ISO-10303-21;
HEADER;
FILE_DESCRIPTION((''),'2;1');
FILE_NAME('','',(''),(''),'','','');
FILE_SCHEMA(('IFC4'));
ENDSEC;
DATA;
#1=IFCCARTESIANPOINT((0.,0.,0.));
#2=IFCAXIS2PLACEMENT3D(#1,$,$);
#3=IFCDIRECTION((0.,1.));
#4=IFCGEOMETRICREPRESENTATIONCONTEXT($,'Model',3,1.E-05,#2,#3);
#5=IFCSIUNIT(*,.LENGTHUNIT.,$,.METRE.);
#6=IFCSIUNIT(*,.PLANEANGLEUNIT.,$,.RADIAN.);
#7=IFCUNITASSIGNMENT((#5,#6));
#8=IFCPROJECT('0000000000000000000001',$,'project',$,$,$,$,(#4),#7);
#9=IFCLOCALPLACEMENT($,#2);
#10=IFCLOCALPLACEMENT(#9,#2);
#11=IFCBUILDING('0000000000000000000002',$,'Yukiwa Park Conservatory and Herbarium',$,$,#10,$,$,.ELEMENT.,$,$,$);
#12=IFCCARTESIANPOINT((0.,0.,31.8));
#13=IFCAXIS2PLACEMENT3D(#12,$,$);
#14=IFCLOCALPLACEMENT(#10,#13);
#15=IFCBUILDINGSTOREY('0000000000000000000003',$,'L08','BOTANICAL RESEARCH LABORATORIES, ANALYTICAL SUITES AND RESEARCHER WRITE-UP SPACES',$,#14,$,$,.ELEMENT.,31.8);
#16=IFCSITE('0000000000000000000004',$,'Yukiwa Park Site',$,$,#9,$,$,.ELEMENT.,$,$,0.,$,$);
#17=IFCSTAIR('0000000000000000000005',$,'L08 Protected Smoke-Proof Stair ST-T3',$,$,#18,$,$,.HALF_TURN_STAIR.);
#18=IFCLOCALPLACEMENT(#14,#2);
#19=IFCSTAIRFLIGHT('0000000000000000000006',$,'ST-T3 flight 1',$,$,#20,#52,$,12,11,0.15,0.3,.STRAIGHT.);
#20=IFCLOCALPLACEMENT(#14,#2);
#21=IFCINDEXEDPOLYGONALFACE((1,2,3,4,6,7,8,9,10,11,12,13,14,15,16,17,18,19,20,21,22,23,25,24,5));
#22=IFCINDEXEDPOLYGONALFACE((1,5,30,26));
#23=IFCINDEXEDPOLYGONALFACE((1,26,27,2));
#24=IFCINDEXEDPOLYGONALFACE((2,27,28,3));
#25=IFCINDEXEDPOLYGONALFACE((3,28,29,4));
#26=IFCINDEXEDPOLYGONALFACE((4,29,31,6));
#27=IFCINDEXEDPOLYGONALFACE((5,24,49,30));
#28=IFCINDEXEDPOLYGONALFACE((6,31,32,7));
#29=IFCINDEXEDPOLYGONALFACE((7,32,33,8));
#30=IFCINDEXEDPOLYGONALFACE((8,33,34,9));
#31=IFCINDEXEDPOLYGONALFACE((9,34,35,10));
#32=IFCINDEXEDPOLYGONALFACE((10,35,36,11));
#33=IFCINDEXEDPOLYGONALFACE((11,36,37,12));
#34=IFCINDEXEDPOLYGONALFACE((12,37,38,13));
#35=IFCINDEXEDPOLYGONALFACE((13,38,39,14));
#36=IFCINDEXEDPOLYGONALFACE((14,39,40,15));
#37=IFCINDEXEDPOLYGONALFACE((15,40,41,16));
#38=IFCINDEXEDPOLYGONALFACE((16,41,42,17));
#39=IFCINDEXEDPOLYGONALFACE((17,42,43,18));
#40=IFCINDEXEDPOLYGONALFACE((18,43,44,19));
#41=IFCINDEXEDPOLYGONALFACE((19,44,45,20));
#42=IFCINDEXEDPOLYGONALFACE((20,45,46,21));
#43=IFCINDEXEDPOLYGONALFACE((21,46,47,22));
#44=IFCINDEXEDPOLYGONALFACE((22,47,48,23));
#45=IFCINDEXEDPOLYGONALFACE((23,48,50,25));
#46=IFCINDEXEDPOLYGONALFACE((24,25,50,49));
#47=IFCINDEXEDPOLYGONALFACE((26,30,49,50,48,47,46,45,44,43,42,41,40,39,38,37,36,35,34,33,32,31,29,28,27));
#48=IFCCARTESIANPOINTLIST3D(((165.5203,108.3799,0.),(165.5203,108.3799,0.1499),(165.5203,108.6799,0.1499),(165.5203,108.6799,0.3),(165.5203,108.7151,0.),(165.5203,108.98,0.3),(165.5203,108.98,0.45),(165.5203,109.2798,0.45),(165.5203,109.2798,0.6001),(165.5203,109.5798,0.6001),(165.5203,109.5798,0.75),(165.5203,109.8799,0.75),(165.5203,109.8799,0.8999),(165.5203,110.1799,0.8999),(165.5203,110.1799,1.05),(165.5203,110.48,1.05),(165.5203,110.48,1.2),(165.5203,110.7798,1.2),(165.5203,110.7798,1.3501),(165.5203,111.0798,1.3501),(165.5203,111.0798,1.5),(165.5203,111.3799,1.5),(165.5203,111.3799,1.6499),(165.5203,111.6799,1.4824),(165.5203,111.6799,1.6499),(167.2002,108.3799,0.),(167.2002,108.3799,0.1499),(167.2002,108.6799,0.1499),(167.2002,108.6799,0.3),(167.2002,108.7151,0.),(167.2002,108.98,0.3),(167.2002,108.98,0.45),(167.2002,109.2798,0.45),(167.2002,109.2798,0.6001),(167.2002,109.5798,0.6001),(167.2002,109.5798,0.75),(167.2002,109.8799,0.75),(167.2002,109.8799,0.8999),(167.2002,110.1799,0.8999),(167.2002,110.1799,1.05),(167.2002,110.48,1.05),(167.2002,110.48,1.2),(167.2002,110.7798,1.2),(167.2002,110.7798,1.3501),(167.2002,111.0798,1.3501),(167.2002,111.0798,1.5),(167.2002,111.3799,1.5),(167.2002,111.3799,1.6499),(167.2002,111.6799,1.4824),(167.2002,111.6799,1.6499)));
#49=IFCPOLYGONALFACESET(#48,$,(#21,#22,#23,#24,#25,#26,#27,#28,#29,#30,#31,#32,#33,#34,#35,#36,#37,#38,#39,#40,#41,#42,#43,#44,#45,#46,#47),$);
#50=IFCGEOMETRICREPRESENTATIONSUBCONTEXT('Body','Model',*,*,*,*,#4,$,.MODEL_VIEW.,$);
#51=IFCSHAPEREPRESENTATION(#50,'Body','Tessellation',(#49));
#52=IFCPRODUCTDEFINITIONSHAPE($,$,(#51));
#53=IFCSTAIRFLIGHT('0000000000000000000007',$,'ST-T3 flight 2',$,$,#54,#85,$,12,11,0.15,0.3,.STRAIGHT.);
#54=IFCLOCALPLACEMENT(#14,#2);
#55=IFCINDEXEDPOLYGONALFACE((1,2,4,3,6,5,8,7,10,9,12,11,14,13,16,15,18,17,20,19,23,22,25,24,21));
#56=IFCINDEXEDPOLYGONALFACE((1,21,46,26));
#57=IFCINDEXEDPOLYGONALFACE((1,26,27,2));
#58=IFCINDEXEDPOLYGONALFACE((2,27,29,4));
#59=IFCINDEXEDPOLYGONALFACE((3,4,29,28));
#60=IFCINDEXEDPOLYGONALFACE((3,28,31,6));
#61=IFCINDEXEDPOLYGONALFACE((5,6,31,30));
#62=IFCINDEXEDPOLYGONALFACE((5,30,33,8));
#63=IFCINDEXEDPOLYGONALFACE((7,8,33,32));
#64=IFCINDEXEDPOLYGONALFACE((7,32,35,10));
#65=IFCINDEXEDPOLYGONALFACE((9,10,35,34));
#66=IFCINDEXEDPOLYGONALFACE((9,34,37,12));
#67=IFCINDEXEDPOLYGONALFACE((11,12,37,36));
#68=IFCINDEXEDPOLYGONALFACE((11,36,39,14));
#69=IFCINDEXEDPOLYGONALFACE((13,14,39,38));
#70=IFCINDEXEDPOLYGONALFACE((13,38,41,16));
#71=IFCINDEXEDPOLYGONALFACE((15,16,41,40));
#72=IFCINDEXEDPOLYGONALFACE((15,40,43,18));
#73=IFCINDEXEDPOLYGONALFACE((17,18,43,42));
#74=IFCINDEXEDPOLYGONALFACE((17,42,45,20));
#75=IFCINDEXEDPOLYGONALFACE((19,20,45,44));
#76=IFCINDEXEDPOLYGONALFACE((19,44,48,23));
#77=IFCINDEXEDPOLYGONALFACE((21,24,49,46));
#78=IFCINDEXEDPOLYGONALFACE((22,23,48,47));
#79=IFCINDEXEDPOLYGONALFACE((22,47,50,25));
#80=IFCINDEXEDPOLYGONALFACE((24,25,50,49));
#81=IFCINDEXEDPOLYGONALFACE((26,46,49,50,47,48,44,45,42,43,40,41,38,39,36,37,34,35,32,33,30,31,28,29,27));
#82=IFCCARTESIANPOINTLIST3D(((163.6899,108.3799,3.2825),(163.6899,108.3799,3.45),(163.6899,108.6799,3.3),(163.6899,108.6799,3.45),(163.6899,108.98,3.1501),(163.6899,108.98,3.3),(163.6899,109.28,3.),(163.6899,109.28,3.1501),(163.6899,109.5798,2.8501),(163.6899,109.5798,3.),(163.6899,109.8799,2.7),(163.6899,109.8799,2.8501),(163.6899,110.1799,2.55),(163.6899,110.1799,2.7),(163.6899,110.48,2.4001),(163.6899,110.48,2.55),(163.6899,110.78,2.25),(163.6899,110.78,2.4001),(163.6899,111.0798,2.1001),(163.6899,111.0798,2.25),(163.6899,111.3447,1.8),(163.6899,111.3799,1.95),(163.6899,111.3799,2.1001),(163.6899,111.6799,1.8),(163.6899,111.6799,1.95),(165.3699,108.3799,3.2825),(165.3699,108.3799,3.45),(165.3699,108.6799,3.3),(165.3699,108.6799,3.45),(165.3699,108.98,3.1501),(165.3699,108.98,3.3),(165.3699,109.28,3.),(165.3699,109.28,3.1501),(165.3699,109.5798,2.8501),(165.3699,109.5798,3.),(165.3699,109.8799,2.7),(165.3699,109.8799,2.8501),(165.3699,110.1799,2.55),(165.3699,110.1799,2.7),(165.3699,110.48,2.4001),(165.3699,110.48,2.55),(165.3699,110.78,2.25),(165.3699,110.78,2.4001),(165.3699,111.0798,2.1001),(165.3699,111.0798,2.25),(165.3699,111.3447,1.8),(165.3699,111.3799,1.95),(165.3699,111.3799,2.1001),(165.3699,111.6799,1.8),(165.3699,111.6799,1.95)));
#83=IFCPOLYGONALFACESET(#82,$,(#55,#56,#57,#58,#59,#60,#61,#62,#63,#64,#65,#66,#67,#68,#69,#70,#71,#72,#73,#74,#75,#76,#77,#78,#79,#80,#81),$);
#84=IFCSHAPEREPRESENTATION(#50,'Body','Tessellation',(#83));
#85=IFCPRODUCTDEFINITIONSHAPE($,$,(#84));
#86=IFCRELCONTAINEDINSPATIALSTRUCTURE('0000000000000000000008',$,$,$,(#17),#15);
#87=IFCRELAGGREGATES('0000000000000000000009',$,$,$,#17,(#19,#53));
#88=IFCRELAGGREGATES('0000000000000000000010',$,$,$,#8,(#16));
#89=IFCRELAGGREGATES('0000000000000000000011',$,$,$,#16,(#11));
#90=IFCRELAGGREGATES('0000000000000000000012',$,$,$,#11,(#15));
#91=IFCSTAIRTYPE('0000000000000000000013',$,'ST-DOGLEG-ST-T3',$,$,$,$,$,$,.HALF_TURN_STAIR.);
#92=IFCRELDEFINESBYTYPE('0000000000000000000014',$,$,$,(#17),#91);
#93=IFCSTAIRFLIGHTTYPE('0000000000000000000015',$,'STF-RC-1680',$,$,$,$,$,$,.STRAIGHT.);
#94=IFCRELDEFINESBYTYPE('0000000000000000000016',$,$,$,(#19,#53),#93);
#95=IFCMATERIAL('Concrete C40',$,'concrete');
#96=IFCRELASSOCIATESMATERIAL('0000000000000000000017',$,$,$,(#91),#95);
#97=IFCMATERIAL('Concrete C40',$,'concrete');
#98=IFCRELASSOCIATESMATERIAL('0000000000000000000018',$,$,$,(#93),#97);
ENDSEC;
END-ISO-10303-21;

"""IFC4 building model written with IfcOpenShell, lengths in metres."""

from ifc_helpers import new_model, si_unit, direction, frame, origin, place, context, subcontext, project, spatial, polyline, outline, extrude, material, type_object, element, aggregate, save


model = new_model("IFC4")

# Units and contexts
model_context = context("Model", 3, precision=1e-05, world=origin(), true_north=direction((0.0, 1.0)))
body_context = subcontext(model_context, "Body", "Model", "MODEL_VIEW")
ifc_project = project(units=[si_unit("LENGTHUNIT", "METRE"), si_unit("PLANEANGLEUNIT", "RADIAN")], contexts=[model_context])

# Site, building, storey
site_placement = place(None, origin())
site = spatial("IfcSite", under=ifc_project, at=site_placement, Name="Yukiwa Park Site", CompositionType="ELEMENT", RefElevation=0.0)
building_placement = place(site_placement, origin())
building = spatial("IfcBuilding", under=site, at=building_placement, Name="Yukiwa Park Conservatory and Herbarium", CompositionType="ELEMENT")
storey_placement = place(building_placement, frame((0.0, 0.0, 31.8)))
storey = spatial("IfcBuildingStorey", under=building, at=storey_placement, Name="L08", Description="BOTANICAL RESEARCH LABORATORIES, ANALYTICAL SUITES AND RESEARCHER WRITE-UP SPACES", CompositionType="ELEMENT", Elevation=31.8)

# Stair, stair flights
ifc_material_1 = material(Name="Concrete C40", Category="concrete")
stair_type = type_object("IfcStairType", Name="ST-DOGLEG-ST-T3", PredefinedType="HALF_TURN_STAIR", material=ifc_material_1)
stair_placement = place(storey_placement, origin())
stair = element("IfcStair", 1, at=stair_placement, inside=storey, type_object=stair_type, Name="L08 Protected Smoke-Proof Stair ST-T3", PredefinedType="HALF_TURN_STAIR")
ifc_material_2 = material(Name="Concrete C40", Category="concrete")
stair_flight_type = type_object("IfcStairFlightType", Name="STF-RC-1680", PredefinedType="STRAIGHT", material=ifc_material_2)
stair_flight_1_placement = place(storey_placement, frame((166.3601, 108.3799, 0.0), z_axis=(0.0, 0.0, 1.0), x_axis=(0.0, 1.0, 0.0)))
stair_flight_1 = element("IfcStairFlight", 2, at=stair_flight_1_placement, type_object=stair_flight_type, Name="ST-T3 flight 1", NumberOfRisers=12, NumberOfTreads=11, PredefinedType="STRAIGHT", RiserHeight=0.15, TreadLength=0.3, context=body_context, shape_type="SweptSolid", body=[
    extrude(outline(polyline([(0.0, 0.0), (0.0, 0.1499), (0.3, 0.1499), (0.3, 0.3), (0.6001, 0.3), (0.6001, 0.45), (0.8999, 0.45), (0.8999, 0.6001), (1.2, 0.6001), (1.2, 0.75), (1.5, 0.75), (1.5, 0.8999), (1.8, 0.8999), (1.8, 1.05), (2.1001, 1.05), (2.1001, 1.2), (2.3999, 1.2), (2.3999, 1.3501), (2.7, 1.3501), (2.7, 1.5), (3.0, 1.5), (3.0, 1.6499), (3.3, 1.6499), (3.3, 1.8), (3.3, 1.4824), (0.3352, 0.0), (0.0, 0.0)])), frame((0.0, 0.8398, 0.0), z_axis=(0.0, -1.0, 0.0), x_axis=(1.0, 0.0, 0.0)), (0.0, 0.0, 1.0), 1.6799),
])
stair_flight_2_placement = place(storey_placement, frame((164.53, 111.6799, 1.8), z_axis=(0.0, 0.0, 1.0), x_axis=(0.0, -1.0, 0.0)))
stair_flight_2 = element("IfcStairFlight", 3, at=stair_flight_2_placement, type_object=stair_flight_type, Name="ST-T3 flight 2", NumberOfRisers=12, NumberOfTreads=11, PredefinedType="STRAIGHT", RiserHeight=0.15, TreadLength=0.3, context=body_context, shape_type="SweptSolid", body=[
    extrude(outline(polyline([(0.0, 0.0), (0.0, 0.1499), (0.3, 0.1499), (0.3, 0.3), (0.6001, 0.3), (0.6001, 0.45), (0.8999, 0.45), (0.8999, 0.6001), (1.2, 0.6001), (1.2, 0.75), (1.5, 0.75), (1.5, 0.8999), (1.8, 0.8999), (1.8, 1.05), (2.1001, 1.05), (2.1001, 1.2), (2.3999, 1.2), (2.3999, 1.3501), (2.7, 1.3501), (2.7, 1.5), (3.0, 1.5), (3.0, 1.6499), (3.3, 1.6499), (3.3, 1.8), (3.3, 1.4824), (0.3352, 0.0), (0.0, 0.0)])), frame((0.0, 0.8398, 0.0), z_axis=(0.0, -1.0, 0.0), x_axis=(1.0, 0.0, 0.0)), (0.0, 0.0, 1.0), 1.6799),
])
aggregate(stair, [stair_flight_1, stair_flight_2])

save(model, "model.ifc")
